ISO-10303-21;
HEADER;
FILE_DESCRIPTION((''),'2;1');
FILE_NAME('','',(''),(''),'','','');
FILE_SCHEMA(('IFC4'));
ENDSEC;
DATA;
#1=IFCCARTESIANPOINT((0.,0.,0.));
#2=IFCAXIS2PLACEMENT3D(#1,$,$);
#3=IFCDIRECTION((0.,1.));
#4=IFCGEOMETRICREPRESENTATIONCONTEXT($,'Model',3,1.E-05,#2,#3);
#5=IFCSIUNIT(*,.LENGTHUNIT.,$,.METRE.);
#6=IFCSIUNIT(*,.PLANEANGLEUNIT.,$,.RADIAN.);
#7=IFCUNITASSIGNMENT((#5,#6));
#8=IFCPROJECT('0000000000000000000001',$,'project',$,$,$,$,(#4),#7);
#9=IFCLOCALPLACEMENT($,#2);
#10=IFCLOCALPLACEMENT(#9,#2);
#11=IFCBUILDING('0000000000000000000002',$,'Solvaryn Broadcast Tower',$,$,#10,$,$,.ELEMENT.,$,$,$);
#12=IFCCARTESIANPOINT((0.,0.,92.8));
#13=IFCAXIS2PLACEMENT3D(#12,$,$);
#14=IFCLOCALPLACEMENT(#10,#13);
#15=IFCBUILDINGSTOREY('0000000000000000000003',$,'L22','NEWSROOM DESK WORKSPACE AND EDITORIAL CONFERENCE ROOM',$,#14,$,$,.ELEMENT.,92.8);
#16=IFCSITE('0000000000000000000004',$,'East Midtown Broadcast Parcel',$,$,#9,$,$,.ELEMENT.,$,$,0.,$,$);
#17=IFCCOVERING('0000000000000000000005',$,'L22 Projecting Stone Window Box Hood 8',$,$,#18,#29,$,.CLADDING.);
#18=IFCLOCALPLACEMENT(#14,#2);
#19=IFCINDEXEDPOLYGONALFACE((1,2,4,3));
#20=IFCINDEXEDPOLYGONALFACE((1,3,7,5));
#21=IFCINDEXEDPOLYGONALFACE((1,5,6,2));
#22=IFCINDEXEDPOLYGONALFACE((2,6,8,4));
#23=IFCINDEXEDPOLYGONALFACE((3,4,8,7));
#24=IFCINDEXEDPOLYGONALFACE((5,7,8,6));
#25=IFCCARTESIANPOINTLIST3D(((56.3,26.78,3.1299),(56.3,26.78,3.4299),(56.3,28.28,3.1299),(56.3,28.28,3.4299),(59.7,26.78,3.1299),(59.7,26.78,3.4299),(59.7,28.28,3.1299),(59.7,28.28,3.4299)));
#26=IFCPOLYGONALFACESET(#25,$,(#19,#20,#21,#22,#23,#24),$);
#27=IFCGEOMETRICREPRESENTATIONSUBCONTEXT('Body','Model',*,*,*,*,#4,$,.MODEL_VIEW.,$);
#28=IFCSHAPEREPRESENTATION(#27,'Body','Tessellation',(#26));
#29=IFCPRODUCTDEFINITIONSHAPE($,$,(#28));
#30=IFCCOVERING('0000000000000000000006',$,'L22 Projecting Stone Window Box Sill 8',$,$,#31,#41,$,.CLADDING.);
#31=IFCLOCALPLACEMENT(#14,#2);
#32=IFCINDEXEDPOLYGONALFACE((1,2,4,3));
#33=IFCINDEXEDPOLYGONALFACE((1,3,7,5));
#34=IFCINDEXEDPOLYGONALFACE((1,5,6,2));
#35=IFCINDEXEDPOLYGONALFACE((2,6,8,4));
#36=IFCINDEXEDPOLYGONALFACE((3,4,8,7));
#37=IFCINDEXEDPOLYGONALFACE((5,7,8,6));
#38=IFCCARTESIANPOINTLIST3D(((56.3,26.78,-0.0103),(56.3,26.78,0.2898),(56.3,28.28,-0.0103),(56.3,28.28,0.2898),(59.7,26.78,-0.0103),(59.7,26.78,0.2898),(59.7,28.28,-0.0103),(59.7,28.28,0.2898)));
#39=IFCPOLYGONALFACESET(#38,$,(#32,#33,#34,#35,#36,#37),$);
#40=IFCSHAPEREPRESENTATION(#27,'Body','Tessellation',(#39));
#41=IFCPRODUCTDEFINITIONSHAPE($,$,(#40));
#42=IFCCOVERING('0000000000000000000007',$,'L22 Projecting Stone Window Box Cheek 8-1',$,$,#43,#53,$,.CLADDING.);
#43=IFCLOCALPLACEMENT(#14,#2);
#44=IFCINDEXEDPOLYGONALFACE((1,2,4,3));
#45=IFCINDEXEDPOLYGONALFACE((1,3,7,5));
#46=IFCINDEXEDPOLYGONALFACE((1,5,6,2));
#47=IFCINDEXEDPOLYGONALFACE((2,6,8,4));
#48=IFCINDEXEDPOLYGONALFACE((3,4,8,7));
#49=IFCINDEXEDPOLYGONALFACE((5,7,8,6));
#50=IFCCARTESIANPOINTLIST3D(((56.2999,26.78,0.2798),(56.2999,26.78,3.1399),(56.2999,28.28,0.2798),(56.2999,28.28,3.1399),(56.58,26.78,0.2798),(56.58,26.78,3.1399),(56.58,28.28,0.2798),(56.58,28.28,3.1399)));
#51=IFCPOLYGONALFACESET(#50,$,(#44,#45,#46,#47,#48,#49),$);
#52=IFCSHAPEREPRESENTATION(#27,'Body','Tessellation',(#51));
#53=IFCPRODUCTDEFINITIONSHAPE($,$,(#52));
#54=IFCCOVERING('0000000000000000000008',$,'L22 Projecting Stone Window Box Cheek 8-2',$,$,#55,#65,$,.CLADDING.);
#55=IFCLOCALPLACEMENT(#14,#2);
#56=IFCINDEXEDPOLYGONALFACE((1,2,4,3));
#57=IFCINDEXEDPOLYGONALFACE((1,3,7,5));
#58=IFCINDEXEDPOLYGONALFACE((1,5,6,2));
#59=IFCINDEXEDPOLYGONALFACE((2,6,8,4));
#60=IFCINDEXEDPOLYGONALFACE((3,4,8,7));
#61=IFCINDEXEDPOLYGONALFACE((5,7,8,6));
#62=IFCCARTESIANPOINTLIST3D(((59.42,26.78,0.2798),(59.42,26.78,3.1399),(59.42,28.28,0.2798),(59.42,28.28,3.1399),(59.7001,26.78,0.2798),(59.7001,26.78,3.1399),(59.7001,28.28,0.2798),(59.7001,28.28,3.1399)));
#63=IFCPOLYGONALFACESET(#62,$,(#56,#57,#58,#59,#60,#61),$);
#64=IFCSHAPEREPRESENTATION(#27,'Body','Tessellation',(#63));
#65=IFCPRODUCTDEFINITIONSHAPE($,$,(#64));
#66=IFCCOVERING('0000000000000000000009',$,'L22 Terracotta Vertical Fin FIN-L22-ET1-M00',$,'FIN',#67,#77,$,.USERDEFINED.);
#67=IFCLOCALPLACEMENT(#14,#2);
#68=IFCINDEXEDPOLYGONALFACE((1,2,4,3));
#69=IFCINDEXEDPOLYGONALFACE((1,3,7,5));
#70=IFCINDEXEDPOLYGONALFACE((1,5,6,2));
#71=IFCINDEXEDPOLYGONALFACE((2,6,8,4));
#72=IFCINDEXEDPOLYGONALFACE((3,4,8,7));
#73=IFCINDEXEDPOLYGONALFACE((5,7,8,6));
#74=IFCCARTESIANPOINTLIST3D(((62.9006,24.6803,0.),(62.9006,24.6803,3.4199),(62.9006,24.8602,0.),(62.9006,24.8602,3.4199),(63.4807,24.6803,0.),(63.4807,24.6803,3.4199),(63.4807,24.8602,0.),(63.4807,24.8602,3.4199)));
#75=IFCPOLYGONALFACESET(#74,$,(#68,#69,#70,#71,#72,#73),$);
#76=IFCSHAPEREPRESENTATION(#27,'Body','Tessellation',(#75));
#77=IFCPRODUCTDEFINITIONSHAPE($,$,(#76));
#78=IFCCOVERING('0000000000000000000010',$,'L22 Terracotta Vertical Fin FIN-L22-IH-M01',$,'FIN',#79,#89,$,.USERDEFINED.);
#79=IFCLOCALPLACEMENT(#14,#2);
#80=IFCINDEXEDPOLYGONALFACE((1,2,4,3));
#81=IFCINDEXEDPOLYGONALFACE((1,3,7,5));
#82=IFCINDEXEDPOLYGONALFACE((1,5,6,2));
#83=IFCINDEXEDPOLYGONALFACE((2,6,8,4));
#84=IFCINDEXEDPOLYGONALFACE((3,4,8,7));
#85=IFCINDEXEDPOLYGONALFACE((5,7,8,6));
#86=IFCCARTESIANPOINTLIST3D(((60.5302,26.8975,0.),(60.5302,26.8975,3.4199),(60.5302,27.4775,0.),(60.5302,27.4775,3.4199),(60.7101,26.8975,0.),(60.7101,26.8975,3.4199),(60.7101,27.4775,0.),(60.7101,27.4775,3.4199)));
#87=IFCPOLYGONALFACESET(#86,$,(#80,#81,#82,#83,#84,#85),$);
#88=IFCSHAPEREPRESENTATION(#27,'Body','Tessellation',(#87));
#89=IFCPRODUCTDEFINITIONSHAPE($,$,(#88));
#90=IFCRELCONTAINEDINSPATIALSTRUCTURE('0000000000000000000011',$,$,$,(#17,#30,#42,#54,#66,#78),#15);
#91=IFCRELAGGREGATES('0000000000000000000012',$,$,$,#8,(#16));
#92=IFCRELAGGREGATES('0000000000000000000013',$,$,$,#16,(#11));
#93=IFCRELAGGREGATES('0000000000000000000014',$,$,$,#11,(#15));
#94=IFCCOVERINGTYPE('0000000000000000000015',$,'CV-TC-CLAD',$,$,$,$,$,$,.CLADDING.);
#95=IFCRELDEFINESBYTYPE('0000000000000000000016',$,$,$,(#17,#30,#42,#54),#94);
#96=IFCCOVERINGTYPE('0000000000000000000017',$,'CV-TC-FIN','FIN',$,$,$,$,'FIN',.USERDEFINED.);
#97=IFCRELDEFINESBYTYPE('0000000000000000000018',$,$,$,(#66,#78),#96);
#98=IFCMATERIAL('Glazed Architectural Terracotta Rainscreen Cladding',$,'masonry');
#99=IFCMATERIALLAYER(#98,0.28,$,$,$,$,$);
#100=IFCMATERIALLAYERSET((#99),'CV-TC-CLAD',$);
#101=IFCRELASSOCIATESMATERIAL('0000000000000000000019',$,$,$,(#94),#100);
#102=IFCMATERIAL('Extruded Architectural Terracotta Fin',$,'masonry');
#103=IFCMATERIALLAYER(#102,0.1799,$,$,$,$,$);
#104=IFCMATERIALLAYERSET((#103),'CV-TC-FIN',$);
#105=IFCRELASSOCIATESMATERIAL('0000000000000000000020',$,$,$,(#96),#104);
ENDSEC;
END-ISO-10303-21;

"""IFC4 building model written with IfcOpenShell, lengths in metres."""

from ifc_helpers import new_model, si_unit, direction, frame, origin, origin_2d, place, context, subcontext, project, spatial, rectangle, extrude, material, layer, layer_set, type_object, element, save


model = new_model("IFC4")

# Units and contexts
model_context = context("Model", 3, precision=1e-05, world=origin(), true_north=direction((0.0, 1.0)))
body_context = subcontext(model_context, "Body", "Model", "MODEL_VIEW")
ifc_project = project(units=[si_unit("LENGTHUNIT", "METRE"), si_unit("PLANEANGLEUNIT", "RADIAN")], contexts=[model_context])

# Site, building, storey
site_placement = place(None, origin())
site = spatial("IfcSite", under=ifc_project, at=site_placement, Name="East Midtown Broadcast Parcel", CompositionType="ELEMENT", RefElevation=0.0)
building_placement = place(site_placement, origin())
building = spatial("IfcBuilding", under=site, at=building_placement, Name="Solvaryn Broadcast Tower", CompositionType="ELEMENT")
storey_placement = place(building_placement, frame((0.0, 0.0, 92.8)))
storey = spatial("IfcBuildingStorey", under=building, at=storey_placement, Name="L22", Description="NEWSROOM DESK WORKSPACE AND EDITORIAL CONFERENCE ROOM", CompositionType="ELEMENT", Elevation=92.8)

# Coverings
ifc_material_1 = material(Name="Glazed Architectural Terracotta Rainscreen Cladding", Category="masonry")
ifc_layer_1 = layer(ifc_material_1, 0.28)
ifc_layer_set_1 = layer_set([ifc_layer_1], Name="CV-TC-CLAD")
covering_type_1 = type_object("IfcCoveringType", Name="CV-TC-CLAD", PredefinedType="CLADDING", material=ifc_layer_set_1)
for number, where, z_axis, x_axis, name in (
    (1, (58.0, 27.53, 3.1299), (0.0, 0.0, 1.0), (1.0, 0.0, 0.0), "L22 Projecting Stone Window Box Hood 8"),
    (2, (58.0, 27.53, -0.0103), (0.0, 0.0, 1.0), (1.0, 0.0, 0.0), "L22 Projecting Stone Window Box Sill 8"),
):
    element("IfcCovering", number, at=place(storey_placement, frame(where, z_axis=z_axis, x_axis=x_axis)), inside=storey, type_object=covering_type_1, Name=name, PredefinedType="CLADDING", context=body_context, shape_type="SweptSolid", body=[
        extrude(rectangle(XDim=3.3999, YDim=1.5, at=origin_2d()), origin(), (0.0, 0.0, 1.0), 0.3),
    ])
for number, where, z_axis, x_axis, name in (
    (3, (56.4399, 27.53, 0.2798), (0.0, 0.0, 1.0), (1.0, 0.0, 0.0), "L22 Projecting Stone Window Box Cheek 8-1"),
    (4, (59.5601, 27.53, 0.2798), (0.0, 0.0, 1.0), (1.0, 0.0, 0.0), "L22 Projecting Stone Window Box Cheek 8-2"),
):
    element("IfcCovering", number, at=place(storey_placement, frame(where, z_axis=z_axis, x_axis=x_axis)), inside=storey, type_object=covering_type_1, Name=name, PredefinedType="CLADDING", context=body_context, shape_type="SweptSolid", body=[
        extrude(rectangle(XDim=0.28, YDim=1.5, at=origin_2d()), origin(), (0.0, 0.0, 1.0), 2.8601),
    ])
ifc_material_2 = material(Name="Extruded Architectural Terracotta Fin", Category="masonry")
ifc_layer_2 = layer(ifc_material_2, 0.1799)
ifc_layer_set_2 = layer_set([ifc_layer_2], Name="CV-TC-FIN")
covering_type_2 = type_object("IfcCoveringType", Name="CV-TC-FIN", Description="FIN", ElementType="FIN", PredefinedType="USERDEFINED", material=ifc_layer_set_2)
covering_1_placement = place(storey_placement, frame((63.1907, 24.7703, 0.0), z_axis=(0.0, 0.0, 1.0), x_axis=(1.0, 0.0, 0.0)))
element("IfcCovering", 5, at=covering_1_placement, inside=storey, type_object=covering_type_2, Name="L22 Terracotta Vertical Fin FIN-L22-ET1-M00", ObjectType="FIN", PredefinedType="USERDEFINED", context=body_context, shape_type="SweptSolid", body=[
    extrude(rectangle(XDim=0.5801, YDim=0.1799, at=origin_2d()), origin(), (0.0, 0.0, 1.0), 3.4199),
])
covering_2_placement = place(storey_placement, frame((60.6201, 27.1875, 0.0), z_axis=(0.0, 0.0, 1.0), x_axis=(1.0, 0.0, 0.0)))
element("IfcCovering", 6, at=covering_2_placement, inside=storey, type_object=covering_type_2, Name="L22 Terracotta Vertical Fin FIN-L22-IH-M01", ObjectType="FIN", PredefinedType="USERDEFINED", context=body_context, shape_type="SweptSolid", body=[
    extrude(rectangle(XDim=0.1799, YDim=0.5801, at=origin_2d()), origin(), (0.0, 0.0, 1.0), 3.4199),
])

save(model, "model.ifc")
